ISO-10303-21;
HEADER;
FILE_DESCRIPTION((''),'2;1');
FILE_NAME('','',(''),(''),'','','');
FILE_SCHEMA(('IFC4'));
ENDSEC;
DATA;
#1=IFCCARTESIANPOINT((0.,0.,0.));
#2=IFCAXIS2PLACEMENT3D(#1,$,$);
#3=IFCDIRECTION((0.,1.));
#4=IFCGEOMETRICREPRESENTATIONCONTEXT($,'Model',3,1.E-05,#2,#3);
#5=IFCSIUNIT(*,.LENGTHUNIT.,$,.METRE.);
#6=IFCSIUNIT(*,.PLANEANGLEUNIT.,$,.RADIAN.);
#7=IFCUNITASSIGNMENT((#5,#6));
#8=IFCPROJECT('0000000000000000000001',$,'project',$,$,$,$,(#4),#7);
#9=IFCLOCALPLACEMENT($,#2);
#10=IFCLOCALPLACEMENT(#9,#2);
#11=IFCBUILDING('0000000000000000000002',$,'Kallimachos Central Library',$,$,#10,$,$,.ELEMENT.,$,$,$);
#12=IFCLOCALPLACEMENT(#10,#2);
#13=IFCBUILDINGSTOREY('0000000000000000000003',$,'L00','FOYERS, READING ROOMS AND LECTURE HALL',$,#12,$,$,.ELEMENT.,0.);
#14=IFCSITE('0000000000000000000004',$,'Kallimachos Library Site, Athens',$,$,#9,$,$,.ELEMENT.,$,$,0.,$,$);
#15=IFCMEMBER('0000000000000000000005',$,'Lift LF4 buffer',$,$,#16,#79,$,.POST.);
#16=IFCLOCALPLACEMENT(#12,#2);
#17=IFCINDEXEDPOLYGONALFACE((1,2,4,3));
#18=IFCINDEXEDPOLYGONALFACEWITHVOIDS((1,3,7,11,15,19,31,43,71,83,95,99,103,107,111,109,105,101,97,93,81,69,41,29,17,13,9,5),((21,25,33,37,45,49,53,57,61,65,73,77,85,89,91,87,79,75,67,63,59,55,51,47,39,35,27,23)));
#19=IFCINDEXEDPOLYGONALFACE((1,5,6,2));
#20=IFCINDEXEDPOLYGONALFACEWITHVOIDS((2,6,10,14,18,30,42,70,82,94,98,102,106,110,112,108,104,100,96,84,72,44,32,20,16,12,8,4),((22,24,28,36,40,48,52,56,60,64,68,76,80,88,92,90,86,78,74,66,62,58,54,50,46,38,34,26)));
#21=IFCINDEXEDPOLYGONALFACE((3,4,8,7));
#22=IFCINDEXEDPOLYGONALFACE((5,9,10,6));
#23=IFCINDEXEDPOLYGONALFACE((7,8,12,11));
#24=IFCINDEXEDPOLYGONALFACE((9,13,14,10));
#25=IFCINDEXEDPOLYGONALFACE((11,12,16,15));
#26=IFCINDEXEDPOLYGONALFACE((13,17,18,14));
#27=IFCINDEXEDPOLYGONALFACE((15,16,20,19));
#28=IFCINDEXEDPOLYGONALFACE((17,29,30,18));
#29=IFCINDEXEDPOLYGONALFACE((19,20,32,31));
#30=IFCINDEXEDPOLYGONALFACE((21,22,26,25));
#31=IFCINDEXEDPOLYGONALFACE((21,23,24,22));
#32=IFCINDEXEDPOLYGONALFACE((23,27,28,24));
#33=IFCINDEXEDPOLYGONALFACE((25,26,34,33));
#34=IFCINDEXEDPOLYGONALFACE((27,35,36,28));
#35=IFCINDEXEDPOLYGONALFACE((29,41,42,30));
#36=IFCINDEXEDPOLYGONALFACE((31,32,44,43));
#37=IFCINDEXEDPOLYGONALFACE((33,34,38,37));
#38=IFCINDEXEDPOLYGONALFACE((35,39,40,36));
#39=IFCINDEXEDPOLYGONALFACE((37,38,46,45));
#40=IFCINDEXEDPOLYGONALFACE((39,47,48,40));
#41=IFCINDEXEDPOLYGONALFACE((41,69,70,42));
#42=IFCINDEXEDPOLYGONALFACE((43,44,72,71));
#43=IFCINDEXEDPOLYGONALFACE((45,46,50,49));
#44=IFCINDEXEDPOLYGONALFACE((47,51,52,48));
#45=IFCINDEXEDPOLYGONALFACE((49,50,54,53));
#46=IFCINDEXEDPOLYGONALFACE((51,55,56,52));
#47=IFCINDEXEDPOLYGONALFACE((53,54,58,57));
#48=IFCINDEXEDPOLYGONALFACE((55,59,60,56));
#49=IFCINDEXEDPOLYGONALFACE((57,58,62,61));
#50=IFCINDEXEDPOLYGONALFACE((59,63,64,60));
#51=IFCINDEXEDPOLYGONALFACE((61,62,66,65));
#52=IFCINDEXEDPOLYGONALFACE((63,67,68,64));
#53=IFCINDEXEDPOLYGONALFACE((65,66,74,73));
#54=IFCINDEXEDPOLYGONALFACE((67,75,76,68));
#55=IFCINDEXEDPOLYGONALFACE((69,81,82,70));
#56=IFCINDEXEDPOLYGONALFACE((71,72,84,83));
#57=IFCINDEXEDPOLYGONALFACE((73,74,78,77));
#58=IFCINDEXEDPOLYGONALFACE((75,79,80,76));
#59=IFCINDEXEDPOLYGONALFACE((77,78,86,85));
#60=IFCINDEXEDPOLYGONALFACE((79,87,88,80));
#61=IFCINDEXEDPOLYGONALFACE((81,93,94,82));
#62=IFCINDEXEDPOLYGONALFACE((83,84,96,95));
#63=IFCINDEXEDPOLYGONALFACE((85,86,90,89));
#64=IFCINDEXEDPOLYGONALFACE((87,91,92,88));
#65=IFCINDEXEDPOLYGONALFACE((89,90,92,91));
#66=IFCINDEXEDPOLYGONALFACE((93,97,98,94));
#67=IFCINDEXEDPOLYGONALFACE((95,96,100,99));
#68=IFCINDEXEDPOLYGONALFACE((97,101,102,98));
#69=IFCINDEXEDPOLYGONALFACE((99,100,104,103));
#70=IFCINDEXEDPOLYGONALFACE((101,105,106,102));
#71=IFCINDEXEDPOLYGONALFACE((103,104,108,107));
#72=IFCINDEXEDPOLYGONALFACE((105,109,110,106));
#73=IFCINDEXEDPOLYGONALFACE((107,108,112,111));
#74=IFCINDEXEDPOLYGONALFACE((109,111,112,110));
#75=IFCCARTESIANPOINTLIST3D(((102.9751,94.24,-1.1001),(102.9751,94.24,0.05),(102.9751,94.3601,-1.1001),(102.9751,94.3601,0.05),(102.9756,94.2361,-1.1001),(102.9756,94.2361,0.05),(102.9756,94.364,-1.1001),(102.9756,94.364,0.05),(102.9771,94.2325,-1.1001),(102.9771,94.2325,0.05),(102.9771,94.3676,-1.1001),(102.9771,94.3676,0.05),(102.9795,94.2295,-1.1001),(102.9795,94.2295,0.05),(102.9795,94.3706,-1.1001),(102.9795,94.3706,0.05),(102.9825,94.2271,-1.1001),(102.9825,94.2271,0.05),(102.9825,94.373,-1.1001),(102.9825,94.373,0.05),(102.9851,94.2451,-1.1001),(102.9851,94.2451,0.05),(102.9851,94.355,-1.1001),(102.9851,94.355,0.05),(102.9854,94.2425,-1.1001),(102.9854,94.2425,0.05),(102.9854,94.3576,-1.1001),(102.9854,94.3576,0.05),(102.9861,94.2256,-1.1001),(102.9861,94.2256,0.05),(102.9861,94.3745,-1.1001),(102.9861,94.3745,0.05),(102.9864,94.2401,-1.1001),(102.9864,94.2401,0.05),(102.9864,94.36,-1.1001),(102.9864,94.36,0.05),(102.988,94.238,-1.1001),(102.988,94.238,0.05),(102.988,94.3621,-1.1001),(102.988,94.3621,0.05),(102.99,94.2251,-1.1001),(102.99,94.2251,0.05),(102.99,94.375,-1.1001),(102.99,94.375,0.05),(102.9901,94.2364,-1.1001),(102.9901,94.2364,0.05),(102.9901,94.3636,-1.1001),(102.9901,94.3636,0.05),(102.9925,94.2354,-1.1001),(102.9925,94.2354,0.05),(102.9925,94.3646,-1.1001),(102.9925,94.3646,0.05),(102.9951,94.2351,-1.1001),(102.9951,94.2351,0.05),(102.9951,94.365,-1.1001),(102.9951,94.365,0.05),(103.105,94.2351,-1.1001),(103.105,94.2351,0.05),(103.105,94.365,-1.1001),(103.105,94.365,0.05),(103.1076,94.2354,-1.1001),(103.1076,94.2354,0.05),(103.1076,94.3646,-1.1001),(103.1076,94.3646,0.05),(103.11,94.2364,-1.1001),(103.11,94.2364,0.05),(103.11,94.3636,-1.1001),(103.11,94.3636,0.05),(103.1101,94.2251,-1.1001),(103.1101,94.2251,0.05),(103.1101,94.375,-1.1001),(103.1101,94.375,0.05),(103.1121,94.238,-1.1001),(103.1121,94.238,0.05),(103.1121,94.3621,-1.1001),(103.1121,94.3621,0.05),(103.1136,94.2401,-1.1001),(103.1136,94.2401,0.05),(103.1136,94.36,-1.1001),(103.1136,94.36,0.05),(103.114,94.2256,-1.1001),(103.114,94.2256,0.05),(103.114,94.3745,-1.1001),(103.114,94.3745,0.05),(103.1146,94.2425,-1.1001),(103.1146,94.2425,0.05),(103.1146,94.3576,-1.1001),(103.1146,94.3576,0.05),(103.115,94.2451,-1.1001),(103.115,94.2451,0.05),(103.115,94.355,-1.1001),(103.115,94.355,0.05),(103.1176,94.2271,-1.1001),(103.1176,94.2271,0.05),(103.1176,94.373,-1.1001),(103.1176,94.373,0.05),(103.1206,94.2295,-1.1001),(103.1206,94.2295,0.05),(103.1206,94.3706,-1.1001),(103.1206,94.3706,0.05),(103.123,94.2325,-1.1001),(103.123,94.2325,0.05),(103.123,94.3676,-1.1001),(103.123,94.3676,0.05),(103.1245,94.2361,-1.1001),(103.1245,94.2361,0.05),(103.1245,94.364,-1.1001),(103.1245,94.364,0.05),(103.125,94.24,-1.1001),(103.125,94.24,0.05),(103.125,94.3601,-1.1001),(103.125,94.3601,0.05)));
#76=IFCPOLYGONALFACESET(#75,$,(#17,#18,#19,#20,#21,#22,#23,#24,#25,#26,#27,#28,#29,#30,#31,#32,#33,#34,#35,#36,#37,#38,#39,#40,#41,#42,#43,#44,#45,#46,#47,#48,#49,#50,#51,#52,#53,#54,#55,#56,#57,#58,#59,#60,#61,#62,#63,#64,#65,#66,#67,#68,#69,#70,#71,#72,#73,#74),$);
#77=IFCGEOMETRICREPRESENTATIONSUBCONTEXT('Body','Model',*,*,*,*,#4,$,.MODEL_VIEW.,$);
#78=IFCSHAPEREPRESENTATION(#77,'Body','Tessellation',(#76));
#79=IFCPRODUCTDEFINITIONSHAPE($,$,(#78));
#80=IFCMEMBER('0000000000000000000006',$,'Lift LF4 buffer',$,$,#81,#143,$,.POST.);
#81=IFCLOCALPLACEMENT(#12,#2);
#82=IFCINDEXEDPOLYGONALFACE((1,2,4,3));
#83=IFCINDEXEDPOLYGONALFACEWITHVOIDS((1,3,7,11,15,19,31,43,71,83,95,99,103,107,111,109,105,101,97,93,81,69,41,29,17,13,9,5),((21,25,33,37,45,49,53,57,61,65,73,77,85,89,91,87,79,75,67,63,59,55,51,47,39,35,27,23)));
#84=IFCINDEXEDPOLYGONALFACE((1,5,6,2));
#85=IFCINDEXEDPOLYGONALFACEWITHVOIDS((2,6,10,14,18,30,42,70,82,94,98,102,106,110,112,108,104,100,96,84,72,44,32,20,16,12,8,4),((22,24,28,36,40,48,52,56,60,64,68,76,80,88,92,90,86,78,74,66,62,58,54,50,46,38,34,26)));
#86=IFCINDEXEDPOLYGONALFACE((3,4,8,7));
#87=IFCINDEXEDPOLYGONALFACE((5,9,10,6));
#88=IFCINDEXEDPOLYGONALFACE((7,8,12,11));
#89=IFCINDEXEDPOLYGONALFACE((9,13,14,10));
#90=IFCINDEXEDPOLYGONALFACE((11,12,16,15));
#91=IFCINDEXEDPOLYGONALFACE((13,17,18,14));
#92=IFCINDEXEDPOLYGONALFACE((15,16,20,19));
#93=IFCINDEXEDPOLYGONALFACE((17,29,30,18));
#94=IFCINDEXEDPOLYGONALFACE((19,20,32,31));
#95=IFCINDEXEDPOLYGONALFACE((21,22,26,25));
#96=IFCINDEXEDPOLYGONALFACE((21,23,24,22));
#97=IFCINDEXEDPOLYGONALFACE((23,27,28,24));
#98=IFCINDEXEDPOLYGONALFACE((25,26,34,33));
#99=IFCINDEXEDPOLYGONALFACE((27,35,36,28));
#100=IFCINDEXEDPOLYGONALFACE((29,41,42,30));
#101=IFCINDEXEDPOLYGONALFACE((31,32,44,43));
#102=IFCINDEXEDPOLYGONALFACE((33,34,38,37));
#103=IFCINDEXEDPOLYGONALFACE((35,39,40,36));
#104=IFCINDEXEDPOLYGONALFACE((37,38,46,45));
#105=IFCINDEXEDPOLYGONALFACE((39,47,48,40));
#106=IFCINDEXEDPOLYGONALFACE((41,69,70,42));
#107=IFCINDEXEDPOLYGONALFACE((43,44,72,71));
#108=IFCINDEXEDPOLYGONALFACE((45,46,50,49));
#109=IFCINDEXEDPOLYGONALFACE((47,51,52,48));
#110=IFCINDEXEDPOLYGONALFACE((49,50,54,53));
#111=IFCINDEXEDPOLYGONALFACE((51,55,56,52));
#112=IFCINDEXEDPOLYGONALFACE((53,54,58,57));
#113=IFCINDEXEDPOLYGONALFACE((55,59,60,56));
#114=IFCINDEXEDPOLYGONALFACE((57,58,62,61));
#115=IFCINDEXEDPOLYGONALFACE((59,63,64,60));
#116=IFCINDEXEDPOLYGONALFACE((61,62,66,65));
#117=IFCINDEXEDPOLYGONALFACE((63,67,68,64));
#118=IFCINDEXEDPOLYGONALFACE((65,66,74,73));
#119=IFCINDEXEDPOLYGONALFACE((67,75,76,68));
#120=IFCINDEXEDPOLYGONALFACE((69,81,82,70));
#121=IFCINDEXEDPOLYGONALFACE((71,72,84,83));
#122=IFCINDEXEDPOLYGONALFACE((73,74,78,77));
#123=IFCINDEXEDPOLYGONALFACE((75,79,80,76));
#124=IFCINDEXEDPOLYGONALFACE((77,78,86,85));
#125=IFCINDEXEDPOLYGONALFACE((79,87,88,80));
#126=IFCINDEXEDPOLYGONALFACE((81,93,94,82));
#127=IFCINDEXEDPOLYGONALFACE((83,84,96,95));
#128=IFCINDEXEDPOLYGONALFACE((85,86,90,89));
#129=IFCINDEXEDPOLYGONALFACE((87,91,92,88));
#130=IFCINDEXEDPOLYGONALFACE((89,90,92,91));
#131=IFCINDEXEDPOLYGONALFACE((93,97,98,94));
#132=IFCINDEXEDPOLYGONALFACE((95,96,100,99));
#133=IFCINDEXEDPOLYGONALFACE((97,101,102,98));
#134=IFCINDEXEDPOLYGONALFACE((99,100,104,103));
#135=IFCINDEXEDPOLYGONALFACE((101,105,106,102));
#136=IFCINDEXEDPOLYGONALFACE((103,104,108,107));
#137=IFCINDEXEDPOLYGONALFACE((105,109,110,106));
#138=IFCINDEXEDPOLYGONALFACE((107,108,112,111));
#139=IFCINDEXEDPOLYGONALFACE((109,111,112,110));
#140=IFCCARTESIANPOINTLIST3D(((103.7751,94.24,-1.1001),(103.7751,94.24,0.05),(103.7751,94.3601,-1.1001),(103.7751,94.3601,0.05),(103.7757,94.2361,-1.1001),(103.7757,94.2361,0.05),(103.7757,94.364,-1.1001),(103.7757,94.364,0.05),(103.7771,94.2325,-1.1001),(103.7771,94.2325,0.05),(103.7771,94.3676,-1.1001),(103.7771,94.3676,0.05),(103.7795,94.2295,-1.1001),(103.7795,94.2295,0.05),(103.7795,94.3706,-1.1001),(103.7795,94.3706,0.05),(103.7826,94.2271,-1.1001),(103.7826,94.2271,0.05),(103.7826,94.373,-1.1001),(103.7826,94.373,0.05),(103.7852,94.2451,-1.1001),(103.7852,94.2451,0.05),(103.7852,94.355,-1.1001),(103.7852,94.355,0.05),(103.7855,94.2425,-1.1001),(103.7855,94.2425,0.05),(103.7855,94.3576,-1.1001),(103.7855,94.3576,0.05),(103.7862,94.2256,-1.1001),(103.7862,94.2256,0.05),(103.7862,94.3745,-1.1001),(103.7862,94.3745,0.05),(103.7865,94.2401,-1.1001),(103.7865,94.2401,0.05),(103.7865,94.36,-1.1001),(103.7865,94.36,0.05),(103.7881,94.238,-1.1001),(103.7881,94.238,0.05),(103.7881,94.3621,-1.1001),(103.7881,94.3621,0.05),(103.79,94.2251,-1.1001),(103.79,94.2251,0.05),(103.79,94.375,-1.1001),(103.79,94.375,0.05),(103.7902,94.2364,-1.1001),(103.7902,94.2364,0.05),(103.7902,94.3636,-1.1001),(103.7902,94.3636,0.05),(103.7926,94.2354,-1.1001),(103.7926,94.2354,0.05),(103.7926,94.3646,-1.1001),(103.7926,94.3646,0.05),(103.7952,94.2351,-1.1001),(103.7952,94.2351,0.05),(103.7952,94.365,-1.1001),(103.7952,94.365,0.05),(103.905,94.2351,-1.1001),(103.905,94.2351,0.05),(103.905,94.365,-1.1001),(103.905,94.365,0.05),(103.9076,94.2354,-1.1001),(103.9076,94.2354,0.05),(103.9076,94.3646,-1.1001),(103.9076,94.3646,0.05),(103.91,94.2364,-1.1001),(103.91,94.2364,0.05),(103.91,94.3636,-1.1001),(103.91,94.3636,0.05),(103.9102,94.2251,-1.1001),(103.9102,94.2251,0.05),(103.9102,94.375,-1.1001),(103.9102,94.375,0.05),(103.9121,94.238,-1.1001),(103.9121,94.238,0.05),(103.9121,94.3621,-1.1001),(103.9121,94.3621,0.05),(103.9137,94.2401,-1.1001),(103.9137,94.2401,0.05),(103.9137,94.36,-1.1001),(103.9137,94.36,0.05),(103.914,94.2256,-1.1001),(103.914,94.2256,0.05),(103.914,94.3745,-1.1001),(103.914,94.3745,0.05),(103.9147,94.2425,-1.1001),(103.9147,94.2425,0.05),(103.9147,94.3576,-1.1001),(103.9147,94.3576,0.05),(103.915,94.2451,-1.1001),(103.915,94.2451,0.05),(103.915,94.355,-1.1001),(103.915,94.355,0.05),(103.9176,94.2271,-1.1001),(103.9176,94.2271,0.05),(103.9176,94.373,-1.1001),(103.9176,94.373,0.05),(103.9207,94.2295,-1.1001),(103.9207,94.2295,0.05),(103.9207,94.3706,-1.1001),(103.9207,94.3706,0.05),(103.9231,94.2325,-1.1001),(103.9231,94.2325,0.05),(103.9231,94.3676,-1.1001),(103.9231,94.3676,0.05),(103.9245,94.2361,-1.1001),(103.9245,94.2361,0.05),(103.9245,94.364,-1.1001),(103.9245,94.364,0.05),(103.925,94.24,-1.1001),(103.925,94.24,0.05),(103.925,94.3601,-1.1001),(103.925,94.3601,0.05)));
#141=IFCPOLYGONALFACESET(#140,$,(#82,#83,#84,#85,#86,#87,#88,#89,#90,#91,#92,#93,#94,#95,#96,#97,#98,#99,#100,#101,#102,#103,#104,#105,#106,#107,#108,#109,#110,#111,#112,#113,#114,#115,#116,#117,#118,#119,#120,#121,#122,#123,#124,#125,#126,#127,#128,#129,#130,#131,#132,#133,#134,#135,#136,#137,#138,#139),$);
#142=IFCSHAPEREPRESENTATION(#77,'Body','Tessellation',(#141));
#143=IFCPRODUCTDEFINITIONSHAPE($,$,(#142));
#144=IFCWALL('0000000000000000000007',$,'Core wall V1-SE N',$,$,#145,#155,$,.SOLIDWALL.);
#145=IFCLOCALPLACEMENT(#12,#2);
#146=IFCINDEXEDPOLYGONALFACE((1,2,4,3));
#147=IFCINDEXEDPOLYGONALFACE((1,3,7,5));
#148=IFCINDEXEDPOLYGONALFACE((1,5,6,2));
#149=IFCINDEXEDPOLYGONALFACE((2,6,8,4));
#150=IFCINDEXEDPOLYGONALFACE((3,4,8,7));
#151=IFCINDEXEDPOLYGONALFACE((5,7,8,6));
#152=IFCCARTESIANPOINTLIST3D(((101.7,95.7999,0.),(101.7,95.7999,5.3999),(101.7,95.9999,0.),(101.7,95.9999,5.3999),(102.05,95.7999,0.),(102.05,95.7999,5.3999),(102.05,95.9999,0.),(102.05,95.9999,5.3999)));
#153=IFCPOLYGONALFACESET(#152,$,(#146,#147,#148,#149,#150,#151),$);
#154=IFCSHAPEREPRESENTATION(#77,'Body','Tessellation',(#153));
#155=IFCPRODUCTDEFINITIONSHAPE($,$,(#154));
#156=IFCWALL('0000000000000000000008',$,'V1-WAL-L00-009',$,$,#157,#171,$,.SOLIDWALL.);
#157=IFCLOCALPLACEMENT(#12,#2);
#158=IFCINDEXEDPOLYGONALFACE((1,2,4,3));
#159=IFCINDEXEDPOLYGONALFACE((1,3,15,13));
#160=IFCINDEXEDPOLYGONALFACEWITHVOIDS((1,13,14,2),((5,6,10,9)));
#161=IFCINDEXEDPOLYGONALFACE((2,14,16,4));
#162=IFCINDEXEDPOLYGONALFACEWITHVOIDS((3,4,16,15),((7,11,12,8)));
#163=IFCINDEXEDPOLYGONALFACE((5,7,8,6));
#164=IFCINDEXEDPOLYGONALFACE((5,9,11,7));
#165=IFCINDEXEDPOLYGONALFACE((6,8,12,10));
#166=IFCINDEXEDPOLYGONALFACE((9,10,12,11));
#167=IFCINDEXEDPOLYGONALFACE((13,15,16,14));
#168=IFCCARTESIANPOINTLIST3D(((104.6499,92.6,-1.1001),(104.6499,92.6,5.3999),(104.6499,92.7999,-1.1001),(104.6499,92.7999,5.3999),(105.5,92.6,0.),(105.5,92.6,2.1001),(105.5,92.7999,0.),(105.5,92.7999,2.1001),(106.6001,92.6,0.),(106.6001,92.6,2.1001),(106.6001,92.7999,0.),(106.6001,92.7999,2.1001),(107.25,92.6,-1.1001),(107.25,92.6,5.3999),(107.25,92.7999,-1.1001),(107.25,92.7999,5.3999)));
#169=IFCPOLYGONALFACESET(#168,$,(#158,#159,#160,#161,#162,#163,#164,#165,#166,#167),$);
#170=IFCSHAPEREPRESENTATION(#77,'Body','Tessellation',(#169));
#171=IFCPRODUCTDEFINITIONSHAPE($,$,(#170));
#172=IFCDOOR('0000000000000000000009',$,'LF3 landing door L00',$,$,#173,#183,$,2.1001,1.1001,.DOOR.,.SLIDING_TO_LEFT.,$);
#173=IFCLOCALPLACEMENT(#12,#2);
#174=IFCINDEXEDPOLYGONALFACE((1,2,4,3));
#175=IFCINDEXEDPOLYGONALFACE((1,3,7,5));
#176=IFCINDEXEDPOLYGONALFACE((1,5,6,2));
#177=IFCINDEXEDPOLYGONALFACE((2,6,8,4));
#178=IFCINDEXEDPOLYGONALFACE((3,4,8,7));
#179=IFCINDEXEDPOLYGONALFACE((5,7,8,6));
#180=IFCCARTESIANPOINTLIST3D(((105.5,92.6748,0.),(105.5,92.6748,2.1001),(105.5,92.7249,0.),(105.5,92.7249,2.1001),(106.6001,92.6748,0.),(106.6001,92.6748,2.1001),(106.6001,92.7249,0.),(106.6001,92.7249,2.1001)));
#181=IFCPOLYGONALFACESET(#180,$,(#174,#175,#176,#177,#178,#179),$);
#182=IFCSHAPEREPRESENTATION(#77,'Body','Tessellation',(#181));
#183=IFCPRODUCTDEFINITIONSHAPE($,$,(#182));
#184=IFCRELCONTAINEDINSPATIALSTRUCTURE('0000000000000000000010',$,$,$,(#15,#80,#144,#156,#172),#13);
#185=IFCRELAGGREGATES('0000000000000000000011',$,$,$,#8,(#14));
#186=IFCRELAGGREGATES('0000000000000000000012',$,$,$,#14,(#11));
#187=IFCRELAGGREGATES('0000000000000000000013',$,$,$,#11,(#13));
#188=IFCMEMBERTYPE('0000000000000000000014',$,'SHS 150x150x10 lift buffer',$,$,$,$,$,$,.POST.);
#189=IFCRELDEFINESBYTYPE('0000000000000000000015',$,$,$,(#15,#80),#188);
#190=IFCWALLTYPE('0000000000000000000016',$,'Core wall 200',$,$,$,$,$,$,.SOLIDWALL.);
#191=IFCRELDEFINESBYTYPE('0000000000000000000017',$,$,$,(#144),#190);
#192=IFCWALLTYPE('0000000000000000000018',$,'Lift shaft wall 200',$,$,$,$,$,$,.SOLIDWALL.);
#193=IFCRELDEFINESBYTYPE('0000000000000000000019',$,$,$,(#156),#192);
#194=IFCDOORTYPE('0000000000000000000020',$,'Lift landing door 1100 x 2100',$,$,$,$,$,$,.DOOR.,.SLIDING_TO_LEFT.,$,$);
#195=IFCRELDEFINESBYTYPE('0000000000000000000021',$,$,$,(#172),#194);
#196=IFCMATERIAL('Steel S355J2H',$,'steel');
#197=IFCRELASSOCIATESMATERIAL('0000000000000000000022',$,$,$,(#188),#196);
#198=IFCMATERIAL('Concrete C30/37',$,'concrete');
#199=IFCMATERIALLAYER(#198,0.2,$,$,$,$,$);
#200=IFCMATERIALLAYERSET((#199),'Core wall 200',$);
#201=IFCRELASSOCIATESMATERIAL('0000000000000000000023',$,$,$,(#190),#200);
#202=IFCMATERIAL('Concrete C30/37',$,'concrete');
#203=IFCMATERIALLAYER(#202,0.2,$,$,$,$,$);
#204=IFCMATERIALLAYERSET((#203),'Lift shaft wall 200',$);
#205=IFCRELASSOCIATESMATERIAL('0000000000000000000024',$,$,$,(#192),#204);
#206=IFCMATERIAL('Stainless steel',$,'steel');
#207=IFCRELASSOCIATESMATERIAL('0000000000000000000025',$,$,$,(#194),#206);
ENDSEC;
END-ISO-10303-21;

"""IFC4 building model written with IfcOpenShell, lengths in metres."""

from ifc_helpers import new_model, si_unit, direction, frame, frame_2d, origin, origin_2d, place, context, subcontext, project, spatial, rectangle, hollow_rectangle, extrude, material, layer, layer_set, material_profile, profile_set, type_object, element, fill, save


model = new_model("IFC4")

# Units and contexts
model_context = context("Model", 3, precision=1e-05, world=origin(), true_north=direction((0.0, 1.0)))
body_context = subcontext(model_context, "Body", "Model", "MODEL_VIEW")
ifc_project = project(units=[si_unit("LENGTHUNIT", "METRE"), si_unit("PLANEANGLEUNIT", "RADIAN")], contexts=[model_context])

# Site, building, storey
site_placement = place(None, origin())
site = spatial("IfcSite", under=ifc_project, at=site_placement, Name="Kallimachos Library Site, Athens", CompositionType="ELEMENT", RefElevation=0.0)
building_placement = place(site_placement, origin())
building = spatial("IfcBuilding", under=site, at=building_placement, Name="Kallimachos Central Library", CompositionType="ELEMENT")
storey_placement = place(building_placement, origin())
storey = spatial("IfcBuildingStorey", under=building, at=storey_placement, Name="L00", Description="FOYERS, READING ROOMS AND LECTURE HALL", CompositionType="ELEMENT", Elevation=0.0)

# Members
ifc_material_1 = material(Name="Steel S355J2H", Category="steel")
ifc_material_profile_1 = material_profile(ifc_material_1, hollow_rectangle(XDim=0.1499, YDim=0.1499, WallThickness=0.01, InnerFilletRadius=0.01, OuterFilletRadius=0.0149, at=origin_2d()), Name="SHS 150x150x10")
ifc_profile_set_1 = profile_set([ifc_material_profile_1], Name="Steel S355J2H")
member_type = type_object("IfcMemberType", Name="SHS 150x150x10 lift buffer", PredefinedType="POST", material=ifc_profile_set_1)
for number, where, z_axis, x_axis, name in (
    (1, (103.05, 94.3, -1.1001), (0.0, 0.0, 1.0), (1.0, 0.0, 0.0), "Lift LF4 buffer"),
    (2, (103.8501, 94.3, -1.1001), (0.0, 0.0, 1.0), (1.0, 0.0, 0.0), "Lift LF4 buffer"),
):
    element("IfcMember", number, at=place(storey_placement, frame(where, z_axis=z_axis, x_axis=x_axis)), inside=storey, type_object=member_type, Name=name, PredefinedType="POST", context=body_context, shape_type="SweptSolid", body=[
        extrude(hollow_rectangle(XDim=0.1499, YDim=0.1499, WallThickness=0.01, InnerFilletRadius=0.01, OuterFilletRadius=0.0149, at=origin_2d()), origin(), (0.0, 0.0, 1.0), 1.1501),
    ])

# Wall
ifc_material_2 = material(Name="Concrete C30/37", Category="concrete")
ifc_layer_1 = layer(ifc_material_2, 0.2)
ifc_layer_set_1 = layer_set([ifc_layer_1], Name="Core wall 200")
wall_type_1 = type_object("IfcWallType", Name="Core wall 200", PredefinedType="SOLIDWALL", material=ifc_layer_set_1)
wall_1_placement = place(storey_placement, frame((101.7, 95.8999, 0.0), z_axis=(0.0, 0.0, 1.0), x_axis=(1.0, 0.0, 0.0)))
element("IfcWall", 3, at=wall_1_placement, inside=storey, type_object=wall_type_1, Name="Core wall V1-SE N", PredefinedType="SOLIDWALL", context=body_context, shape_type="SweptSolid", body=[
    extrude(rectangle(XDim=0.3501, YDim=0.2, at=frame_2d((0.175, 0.0))), origin(), (0.0, 0.0, 1.0), 5.3999),
])

# Wall, opening, door
ifc_material_3 = material(Name="Concrete C30/37", Category="concrete")
ifc_layer_2 = layer(ifc_material_3, 0.2)
ifc_layer_set_2 = layer_set([ifc_layer_2], Name="Lift shaft wall 200")
wall_type_2 = type_object("IfcWallType", Name="Lift shaft wall 200", PredefinedType="SOLIDWALL", material=ifc_layer_set_2)
wall_2_placement = place(storey_placement, frame((104.6499, 92.7, -1.1001), z_axis=(0.0, 0.0, 1.0), x_axis=(1.0, 0.0, 0.0)))
wall_2 = element("IfcWall", 4, at=wall_2_placement, inside=storey, type_object=wall_type_2, Name="V1-WAL-L00-009", PredefinedType="SOLIDWALL", context=body_context, shape_type="SweptSolid", body=[
    extrude(rectangle(XDim=2.6001, YDim=0.2, at=frame_2d((1.3, 0.0))), origin(), (0.0, 0.0, 1.0), 6.5),
])
opening_1_placement = place(wall_2_placement, frame((0.8501, 0.0, 1.1001)))
opening_1 = element("IfcOpeningElement", 5, at=opening_1_placement, cuts=wall_2, PredefinedType="OPENING", context=body_context, shape_type="SweptSolid", body=[
    extrude(rectangle(XDim=1.1001, YDim=2.1001, at=frame_2d((0.55, 1.05))), frame((0.0, 0.1099, 0.0), z_axis=(0.0, -1.0, 0.0), x_axis=(1.0, 0.0, 0.0)), (0.0, 0.0, 1.0), 0.22),
])
ifc_material_4 = material(Name="Stainless steel", Category="steel")
door_type = type_object("IfcDoorType", Name="Lift landing door 1100 x 2100", OperationType="SLIDING_TO_LEFT", PredefinedType="DOOR", material=ifc_material_4)
door_1_placement = place(opening_1_placement, origin())
door_1 = element("IfcDoor", 6, at=door_1_placement, inside=storey, type_object=door_type, Name="LF3 landing door L00", OperationType="SLIDING_TO_LEFT", OverallHeight=2.1001, OverallWidth=1.1001, PredefinedType="DOOR", context=body_context, shape_type="SweptSolid", body=[
    extrude(rectangle(XDim=1.1001, YDim=2.1001, at=frame_2d((0.55, 1.05))), frame((0.0, 0.0249, 0.0), z_axis=(0.0, -1.0, 0.0), x_axis=(1.0, 0.0, 0.0)), (0.0, 0.0, 1.0), 0.05),
])
fill(opening_1, door_1)

save(model, "model.ifc")
